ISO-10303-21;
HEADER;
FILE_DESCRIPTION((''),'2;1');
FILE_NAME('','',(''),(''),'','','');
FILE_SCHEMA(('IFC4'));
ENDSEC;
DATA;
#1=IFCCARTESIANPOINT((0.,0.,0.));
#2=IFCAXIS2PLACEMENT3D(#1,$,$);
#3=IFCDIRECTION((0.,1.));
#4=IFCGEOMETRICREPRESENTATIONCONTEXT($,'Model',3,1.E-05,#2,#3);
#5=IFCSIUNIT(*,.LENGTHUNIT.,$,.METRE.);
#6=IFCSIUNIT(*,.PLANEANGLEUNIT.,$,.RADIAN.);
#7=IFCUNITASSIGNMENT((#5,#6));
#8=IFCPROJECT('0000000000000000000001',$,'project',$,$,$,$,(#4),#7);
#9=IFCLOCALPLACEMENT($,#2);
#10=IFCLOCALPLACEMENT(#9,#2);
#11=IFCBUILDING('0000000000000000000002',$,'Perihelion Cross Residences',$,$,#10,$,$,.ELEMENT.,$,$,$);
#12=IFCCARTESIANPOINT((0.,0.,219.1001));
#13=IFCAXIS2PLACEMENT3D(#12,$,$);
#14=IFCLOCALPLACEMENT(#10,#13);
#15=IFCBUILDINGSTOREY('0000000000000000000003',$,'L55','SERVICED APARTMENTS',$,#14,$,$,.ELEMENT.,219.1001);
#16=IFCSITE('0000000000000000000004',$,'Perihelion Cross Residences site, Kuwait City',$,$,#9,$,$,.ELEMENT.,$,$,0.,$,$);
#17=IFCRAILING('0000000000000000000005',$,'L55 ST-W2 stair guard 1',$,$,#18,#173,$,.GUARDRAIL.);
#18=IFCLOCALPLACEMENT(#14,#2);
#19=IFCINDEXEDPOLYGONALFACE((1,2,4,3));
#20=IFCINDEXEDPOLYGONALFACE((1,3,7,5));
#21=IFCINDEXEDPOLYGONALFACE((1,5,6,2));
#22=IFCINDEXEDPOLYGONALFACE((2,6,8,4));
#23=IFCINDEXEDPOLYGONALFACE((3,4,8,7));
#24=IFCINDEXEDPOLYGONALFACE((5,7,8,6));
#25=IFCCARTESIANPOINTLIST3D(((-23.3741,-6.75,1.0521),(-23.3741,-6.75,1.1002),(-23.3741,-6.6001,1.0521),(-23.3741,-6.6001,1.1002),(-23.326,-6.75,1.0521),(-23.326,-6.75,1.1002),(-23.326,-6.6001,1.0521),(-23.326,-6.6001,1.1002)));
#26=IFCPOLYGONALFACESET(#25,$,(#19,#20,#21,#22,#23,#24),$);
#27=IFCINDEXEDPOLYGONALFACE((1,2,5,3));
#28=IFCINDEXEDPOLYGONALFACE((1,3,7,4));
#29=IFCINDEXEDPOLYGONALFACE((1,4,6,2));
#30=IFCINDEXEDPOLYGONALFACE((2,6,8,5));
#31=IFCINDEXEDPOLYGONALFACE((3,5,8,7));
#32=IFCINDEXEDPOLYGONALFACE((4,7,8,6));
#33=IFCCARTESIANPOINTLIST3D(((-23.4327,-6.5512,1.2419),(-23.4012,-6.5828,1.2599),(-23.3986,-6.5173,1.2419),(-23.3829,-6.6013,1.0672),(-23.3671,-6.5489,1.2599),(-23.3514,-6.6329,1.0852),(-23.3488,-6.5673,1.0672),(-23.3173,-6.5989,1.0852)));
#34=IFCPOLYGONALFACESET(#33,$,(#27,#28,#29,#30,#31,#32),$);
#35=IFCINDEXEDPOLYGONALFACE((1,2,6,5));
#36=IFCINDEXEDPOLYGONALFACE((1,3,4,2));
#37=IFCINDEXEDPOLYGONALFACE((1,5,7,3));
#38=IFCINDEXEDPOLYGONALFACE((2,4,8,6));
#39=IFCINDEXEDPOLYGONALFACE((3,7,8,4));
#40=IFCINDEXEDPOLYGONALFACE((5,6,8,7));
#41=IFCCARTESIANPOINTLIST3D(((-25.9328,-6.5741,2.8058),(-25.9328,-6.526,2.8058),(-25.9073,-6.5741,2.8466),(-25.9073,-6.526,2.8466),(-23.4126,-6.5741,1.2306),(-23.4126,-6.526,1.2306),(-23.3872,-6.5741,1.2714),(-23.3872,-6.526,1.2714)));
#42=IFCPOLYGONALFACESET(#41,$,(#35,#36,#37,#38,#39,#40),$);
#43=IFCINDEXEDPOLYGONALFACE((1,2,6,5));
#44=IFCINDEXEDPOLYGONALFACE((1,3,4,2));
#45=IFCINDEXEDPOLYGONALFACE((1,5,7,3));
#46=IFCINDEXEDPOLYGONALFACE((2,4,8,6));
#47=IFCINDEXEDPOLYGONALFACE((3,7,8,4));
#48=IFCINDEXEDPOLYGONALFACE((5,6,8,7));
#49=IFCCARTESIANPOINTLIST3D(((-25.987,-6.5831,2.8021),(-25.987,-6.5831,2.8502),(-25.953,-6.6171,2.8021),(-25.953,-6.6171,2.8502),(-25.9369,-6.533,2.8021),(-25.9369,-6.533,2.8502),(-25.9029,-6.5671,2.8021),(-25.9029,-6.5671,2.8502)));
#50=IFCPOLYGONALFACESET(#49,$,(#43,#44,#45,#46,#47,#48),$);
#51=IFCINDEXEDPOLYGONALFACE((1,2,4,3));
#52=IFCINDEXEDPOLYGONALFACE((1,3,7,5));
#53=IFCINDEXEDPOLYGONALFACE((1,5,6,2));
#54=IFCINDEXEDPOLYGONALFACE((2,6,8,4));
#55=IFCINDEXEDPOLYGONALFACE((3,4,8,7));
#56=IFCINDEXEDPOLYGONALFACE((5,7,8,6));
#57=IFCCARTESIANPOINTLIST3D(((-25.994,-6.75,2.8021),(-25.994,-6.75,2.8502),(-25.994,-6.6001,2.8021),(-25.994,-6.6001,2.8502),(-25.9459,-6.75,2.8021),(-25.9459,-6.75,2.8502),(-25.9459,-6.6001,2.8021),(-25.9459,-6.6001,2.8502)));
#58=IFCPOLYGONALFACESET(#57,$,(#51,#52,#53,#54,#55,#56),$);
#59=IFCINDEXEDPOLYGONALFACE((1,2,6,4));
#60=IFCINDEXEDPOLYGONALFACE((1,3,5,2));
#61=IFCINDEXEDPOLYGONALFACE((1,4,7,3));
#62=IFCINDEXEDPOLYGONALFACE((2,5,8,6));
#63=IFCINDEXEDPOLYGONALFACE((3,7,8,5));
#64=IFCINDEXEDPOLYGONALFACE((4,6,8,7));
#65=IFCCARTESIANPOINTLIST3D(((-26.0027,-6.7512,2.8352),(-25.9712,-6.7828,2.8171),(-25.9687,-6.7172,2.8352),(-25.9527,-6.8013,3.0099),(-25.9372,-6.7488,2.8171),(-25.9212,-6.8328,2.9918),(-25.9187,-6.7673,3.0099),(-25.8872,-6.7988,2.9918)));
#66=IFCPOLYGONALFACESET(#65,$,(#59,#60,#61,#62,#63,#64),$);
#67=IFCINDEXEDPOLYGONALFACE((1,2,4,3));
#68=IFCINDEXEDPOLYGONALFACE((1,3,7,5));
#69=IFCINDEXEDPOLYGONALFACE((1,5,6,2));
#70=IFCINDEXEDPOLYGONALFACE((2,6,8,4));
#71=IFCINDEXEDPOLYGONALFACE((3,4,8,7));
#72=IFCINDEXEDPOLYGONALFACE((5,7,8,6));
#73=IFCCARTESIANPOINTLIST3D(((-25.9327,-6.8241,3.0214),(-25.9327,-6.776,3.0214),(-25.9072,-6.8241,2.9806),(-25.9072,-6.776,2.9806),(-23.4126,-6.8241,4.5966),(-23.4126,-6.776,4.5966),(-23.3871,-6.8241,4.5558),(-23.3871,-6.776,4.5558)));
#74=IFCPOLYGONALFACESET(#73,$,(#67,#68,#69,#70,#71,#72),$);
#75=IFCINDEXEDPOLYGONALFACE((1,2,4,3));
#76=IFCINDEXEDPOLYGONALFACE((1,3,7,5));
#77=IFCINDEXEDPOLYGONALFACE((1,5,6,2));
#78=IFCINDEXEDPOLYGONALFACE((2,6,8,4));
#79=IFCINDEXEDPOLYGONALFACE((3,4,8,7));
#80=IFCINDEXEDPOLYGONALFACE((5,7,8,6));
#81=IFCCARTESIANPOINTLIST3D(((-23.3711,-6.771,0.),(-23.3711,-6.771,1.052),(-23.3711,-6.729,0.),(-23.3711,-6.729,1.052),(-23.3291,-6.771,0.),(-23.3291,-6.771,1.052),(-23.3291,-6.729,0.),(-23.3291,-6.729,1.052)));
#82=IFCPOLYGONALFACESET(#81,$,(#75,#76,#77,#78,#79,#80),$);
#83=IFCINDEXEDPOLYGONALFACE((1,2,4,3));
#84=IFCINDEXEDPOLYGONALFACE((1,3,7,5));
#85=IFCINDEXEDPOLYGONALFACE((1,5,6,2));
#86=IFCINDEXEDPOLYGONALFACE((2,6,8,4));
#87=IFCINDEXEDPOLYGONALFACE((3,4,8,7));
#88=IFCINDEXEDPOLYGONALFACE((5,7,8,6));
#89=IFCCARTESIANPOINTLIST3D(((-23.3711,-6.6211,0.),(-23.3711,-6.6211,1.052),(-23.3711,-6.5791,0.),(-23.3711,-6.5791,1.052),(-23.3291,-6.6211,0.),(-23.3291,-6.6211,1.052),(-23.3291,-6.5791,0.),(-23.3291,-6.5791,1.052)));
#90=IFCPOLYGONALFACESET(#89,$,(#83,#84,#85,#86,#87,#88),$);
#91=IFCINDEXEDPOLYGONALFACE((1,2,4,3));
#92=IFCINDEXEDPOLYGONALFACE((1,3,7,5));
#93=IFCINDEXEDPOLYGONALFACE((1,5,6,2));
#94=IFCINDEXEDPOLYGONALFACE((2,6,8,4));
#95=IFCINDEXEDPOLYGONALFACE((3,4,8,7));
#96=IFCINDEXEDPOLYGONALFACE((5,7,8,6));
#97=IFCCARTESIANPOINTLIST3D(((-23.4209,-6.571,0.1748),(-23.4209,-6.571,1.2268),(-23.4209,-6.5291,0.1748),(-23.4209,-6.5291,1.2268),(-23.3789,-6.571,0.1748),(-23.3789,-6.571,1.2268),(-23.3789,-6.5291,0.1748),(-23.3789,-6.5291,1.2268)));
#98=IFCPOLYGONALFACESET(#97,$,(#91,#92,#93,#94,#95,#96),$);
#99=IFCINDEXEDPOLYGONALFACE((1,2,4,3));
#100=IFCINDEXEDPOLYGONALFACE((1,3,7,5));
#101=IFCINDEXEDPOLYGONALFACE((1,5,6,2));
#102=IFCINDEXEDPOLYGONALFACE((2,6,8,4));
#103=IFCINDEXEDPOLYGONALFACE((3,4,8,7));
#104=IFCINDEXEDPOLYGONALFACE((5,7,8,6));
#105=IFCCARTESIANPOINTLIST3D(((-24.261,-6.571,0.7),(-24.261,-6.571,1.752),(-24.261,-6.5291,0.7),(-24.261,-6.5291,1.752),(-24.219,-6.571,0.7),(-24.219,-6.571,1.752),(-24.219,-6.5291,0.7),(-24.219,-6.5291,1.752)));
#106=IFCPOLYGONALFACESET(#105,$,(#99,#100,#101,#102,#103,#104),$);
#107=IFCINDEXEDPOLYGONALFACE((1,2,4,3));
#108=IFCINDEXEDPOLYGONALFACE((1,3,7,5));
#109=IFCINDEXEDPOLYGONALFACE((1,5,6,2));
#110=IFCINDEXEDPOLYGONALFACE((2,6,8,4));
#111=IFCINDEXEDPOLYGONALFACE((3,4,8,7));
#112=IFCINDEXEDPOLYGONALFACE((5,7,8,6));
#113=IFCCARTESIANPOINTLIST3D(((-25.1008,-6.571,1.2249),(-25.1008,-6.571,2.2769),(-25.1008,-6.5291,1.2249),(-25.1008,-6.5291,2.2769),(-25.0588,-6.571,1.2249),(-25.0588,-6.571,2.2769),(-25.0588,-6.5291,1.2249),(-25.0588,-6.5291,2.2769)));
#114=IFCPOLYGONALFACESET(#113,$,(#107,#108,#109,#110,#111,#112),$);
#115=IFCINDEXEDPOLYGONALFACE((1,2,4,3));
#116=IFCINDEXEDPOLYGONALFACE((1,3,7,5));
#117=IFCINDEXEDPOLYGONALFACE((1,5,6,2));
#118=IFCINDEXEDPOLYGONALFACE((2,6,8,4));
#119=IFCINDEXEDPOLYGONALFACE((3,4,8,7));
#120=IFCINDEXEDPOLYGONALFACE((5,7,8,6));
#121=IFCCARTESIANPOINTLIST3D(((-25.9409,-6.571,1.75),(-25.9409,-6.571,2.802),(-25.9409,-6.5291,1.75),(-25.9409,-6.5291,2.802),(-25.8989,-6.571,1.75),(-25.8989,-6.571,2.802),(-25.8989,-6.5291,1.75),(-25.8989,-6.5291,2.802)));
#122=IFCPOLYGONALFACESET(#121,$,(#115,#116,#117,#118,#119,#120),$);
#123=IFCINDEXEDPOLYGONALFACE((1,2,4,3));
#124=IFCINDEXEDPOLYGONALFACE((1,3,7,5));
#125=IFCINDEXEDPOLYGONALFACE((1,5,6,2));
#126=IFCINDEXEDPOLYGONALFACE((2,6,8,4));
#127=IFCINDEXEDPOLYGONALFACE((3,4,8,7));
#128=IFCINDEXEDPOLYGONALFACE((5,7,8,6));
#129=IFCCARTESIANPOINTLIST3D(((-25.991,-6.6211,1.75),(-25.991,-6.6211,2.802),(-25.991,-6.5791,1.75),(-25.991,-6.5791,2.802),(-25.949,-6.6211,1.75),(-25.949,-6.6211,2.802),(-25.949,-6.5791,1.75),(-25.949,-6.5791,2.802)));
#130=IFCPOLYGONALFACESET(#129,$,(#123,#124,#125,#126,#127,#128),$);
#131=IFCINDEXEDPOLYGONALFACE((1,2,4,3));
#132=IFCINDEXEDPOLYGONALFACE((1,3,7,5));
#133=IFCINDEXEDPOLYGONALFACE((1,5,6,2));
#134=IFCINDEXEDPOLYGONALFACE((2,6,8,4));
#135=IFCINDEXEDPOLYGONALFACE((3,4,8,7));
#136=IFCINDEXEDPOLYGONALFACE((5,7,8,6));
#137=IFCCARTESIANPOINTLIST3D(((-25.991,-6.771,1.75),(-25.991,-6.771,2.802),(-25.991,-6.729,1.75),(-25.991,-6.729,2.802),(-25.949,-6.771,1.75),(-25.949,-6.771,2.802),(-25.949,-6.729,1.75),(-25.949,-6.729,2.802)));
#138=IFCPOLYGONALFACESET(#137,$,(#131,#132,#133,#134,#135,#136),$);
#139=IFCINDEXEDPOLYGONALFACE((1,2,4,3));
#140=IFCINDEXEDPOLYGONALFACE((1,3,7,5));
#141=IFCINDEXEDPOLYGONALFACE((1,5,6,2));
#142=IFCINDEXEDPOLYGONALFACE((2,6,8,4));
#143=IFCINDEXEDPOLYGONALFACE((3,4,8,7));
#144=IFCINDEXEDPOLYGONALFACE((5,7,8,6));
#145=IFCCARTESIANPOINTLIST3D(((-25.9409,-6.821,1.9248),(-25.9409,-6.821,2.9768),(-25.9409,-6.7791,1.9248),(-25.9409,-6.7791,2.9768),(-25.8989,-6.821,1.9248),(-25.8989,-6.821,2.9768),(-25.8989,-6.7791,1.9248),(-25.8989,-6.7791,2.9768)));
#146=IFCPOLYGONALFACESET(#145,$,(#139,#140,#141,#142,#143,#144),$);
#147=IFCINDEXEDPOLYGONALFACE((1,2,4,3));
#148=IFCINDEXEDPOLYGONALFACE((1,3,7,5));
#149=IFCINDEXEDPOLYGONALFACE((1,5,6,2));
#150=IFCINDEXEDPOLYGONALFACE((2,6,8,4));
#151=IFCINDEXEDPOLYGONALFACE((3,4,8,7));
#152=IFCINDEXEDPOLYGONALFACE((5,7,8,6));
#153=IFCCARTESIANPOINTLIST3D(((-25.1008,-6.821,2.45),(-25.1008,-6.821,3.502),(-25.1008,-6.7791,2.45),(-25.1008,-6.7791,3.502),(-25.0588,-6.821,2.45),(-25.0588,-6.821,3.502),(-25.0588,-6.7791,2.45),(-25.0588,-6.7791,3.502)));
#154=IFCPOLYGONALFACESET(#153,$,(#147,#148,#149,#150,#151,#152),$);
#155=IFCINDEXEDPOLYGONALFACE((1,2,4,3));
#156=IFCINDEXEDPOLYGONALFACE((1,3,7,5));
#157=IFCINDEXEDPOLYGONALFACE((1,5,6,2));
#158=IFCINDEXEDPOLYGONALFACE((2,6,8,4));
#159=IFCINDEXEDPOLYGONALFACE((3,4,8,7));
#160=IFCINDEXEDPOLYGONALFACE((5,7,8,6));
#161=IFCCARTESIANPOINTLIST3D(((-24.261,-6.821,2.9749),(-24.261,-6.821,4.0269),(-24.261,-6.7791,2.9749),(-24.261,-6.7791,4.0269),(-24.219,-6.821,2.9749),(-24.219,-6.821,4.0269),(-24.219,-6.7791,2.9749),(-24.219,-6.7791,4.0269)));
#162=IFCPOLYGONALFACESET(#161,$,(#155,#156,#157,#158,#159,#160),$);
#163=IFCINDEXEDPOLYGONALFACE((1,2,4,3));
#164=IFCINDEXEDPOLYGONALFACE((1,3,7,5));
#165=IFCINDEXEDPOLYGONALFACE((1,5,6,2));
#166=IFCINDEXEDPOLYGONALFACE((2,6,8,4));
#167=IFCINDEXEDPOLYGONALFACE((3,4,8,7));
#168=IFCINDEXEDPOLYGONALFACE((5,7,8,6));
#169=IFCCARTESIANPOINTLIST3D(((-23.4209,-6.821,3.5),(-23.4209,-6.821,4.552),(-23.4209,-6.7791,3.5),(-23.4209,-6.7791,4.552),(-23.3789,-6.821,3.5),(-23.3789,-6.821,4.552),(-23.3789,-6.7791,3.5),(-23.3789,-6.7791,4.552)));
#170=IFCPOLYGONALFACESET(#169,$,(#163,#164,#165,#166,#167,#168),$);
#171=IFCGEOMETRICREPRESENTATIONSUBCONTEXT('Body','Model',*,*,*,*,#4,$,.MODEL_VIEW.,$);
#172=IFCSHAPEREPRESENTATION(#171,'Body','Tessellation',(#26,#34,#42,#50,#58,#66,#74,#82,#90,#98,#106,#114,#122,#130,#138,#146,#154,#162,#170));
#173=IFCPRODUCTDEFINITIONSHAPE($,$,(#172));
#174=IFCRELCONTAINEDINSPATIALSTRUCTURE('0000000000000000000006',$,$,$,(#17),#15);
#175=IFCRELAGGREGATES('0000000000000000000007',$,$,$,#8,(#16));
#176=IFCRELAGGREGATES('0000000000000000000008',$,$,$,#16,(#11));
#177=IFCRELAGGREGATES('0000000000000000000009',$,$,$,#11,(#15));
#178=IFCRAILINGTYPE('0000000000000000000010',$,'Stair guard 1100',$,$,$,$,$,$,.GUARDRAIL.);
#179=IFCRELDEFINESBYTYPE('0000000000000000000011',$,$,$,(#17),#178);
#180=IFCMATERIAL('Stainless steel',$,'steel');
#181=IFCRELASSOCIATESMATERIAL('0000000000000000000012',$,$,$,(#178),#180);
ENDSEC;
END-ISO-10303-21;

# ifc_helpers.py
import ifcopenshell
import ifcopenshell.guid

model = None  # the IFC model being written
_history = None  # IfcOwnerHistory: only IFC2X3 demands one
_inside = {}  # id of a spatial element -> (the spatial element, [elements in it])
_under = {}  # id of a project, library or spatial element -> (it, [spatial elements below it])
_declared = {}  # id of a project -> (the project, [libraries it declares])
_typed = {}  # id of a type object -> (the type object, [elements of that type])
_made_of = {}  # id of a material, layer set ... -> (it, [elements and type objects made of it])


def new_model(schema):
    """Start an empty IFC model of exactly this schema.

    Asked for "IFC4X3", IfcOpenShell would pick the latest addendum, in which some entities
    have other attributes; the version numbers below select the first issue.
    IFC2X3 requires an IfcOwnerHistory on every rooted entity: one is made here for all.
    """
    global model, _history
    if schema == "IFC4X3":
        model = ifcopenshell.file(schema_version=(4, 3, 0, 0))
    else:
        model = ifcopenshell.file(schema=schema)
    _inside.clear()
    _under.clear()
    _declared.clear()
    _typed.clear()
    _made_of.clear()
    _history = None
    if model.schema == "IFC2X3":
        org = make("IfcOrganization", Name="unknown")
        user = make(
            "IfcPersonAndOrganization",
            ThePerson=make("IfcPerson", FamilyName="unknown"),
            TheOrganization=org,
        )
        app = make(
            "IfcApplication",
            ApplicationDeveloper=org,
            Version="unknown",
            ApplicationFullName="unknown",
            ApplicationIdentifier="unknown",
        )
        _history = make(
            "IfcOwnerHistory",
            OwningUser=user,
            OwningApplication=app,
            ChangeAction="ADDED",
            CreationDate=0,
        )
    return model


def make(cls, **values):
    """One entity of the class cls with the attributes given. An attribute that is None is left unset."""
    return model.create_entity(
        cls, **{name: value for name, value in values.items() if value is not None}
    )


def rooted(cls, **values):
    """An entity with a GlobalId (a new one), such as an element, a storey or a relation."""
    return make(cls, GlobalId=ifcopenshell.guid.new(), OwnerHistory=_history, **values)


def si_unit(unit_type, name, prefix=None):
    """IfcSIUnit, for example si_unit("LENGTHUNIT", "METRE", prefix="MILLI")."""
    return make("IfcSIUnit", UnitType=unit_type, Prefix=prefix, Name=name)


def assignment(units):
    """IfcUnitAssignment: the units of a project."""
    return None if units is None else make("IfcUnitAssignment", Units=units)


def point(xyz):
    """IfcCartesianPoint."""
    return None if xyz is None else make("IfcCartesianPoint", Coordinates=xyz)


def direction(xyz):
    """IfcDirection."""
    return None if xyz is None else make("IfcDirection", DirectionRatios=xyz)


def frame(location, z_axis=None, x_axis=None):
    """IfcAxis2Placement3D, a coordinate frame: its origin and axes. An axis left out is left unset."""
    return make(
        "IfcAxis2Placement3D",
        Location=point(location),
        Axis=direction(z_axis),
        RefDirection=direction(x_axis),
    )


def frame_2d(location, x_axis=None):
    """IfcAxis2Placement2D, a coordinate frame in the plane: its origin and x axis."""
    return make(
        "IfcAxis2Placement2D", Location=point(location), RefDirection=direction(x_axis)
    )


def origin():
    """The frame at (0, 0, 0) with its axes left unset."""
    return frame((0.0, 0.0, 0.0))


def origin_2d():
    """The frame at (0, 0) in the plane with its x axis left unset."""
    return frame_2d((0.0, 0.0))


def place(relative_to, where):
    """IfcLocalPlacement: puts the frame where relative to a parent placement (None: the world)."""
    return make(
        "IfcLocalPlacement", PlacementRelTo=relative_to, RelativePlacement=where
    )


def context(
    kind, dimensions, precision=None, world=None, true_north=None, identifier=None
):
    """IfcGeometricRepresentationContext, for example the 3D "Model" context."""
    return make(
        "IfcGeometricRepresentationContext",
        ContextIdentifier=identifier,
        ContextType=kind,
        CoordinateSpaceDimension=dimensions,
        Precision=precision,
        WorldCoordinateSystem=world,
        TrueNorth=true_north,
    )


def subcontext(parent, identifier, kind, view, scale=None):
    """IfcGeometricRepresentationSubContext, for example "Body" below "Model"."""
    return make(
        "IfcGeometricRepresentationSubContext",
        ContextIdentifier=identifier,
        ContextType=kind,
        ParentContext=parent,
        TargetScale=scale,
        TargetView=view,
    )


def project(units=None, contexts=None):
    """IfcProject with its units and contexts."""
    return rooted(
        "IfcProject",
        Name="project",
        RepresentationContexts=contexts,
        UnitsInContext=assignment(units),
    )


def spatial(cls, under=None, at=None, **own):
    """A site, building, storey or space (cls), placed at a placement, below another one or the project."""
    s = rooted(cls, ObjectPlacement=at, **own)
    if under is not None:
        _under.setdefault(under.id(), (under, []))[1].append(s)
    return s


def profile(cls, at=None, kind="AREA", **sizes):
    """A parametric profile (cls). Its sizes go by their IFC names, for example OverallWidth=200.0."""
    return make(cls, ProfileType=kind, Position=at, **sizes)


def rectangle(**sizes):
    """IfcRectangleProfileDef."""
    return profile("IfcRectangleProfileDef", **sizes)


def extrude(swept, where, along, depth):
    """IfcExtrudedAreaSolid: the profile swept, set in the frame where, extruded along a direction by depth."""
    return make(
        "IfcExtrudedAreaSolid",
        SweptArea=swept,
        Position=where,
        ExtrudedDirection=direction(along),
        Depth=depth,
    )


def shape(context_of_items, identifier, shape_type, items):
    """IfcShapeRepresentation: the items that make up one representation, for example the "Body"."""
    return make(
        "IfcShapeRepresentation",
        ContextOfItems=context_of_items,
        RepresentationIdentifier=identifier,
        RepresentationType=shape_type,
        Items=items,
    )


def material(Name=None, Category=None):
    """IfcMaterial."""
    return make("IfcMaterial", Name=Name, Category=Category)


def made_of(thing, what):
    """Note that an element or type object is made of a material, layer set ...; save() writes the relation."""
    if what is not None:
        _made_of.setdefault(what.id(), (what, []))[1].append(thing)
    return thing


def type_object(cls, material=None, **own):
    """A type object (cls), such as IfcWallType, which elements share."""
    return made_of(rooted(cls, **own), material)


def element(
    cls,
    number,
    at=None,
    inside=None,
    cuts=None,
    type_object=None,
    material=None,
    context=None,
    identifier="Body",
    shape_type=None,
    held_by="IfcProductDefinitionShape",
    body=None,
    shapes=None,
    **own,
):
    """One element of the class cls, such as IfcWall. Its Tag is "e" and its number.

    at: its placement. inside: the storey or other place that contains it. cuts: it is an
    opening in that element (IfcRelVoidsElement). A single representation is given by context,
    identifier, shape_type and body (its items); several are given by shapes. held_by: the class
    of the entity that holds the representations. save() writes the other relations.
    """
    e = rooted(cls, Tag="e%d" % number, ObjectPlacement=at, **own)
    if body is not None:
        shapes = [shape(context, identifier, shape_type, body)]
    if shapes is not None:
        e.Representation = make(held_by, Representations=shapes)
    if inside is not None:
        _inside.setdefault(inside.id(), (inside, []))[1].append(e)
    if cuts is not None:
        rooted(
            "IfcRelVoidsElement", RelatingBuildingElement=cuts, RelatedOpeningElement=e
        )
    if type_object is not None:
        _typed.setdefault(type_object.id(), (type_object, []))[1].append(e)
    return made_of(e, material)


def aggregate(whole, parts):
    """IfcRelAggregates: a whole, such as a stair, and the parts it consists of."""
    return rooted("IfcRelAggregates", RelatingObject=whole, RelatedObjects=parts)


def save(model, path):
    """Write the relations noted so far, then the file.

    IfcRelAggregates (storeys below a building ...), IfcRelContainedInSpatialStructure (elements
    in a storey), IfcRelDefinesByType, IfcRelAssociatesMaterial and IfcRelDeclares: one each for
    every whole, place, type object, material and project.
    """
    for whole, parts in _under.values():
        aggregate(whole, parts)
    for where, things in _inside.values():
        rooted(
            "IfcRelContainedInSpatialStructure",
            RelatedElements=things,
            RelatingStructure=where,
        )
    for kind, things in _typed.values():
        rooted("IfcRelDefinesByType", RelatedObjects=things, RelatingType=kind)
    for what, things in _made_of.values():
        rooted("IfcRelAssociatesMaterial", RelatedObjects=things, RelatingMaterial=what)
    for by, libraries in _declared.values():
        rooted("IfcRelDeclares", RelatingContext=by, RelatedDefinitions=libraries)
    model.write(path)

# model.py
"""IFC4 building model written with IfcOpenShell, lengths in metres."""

from ifc_helpers import new_model, si_unit, direction, frame, origin, origin_2d, place, context, subcontext, project, spatial, rectangle, extrude, material, type_object, element, save


model = new_model("IFC4")

# Units and contexts
model_context = context("Model", 3, precision=1e-05, world=origin(), true_north=direction((0.0, 1.0)))
body_context = subcontext(model_context, "Body", "Model", "MODEL_VIEW")
ifc_project = project(units=[si_unit("LENGTHUNIT", "METRE"), si_unit("PLANEANGLEUNIT", "RADIAN")], contexts=[model_context])

# Site, building, storey
site_placement = place(None, origin())
site = spatial("IfcSite", under=ifc_project, at=site_placement, Name="Perihelion Cross Residences site, Kuwait City", CompositionType="ELEMENT", RefElevation=0.0)
building_placement = place(site_placement, origin())
building = spatial("IfcBuilding", under=site, at=building_placement, Name="Perihelion Cross Residences", CompositionType="ELEMENT")
storey_placement = place(building_placement, frame((0.0, 0.0, 219.1001)))
storey = spatial("IfcBuildingStorey", under=building, at=storey_placement, Name="L55", Description="SERVICED APARTMENTS", CompositionType="ELEMENT", Elevation=219.1001)

# Railing
ifc_material_1 = material(Name="Stainless steel", Category="steel")
railing_type_1 = type_object("IfcRailingType", Name="Stair guard 1100", PredefinedType="GUARDRAIL", material=ifc_material_1)
railing_1_placement = place(storey_placement, frame((-23.3501, -6.75, 0.0)))
element("IfcRailing", 1, at=railing_1_placement, inside=storey, type_object=railing_type_1, Name="L55 ST-W2 stair guard 1", PredefinedType="GUARDRAIL", context=body_context, shape_type="SweptSolid", body=[
    extrude(rectangle(XDim=0.0481, YDim=0.0481, at=origin_2d()), frame((0.0, 0.0, 1.0762), z_axis=(0.0, 1.0, 0.0), x_axis=(-1.0, 0.0, 0.0)), (0.0, 0.0, 1.0), 0.1499),
    extrude(rectangle(XDim=0.0481, YDim=0.0481, at=origin_2d()), frame((0.0, 0.1499, 1.0762), z_axis=(-0.264179, 0.265474, 0.927218), x_axis=(-0.708834, -0.705376, 0.0)), (0.0, 0.0, 1.0), 0.1885),
    extrude(rectangle(XDim=0.0481, YDim=0.0481, at=origin_2d()), frame((-0.0498, 0.2, 1.251), z_axis=(-0.847971, 0.0, 0.530043), x_axis=(0.0, -1.0, 0.0)), (0.0, 0.0, 1.0), 2.9719),
    extrude(rectangle(XDim=0.0481, YDim=0.0481, at=origin_2d()), frame((-2.5698, 0.2, 2.8262), z_axis=(-0.707107, -0.707107, 0.0), x_axis=(0.707107, -0.707107, 0.0)), (0.0, 0.0, 1.0), 0.0708),
    extrude(rectangle(XDim=0.0481, YDim=0.0481, at=origin_2d()), frame((-2.6199, 0.1499, 2.8262), z_axis=(0.0, -1.0, 0.0), x_axis=(1.0, 0.0, 0.0)), (0.0, 0.0, 1.0), 0.1499),
    extrude(rectangle(XDim=0.0481, YDim=0.0481, at=origin_2d()), frame((-2.6199, 0.0, 2.8262), z_axis=(0.265383, -0.265383, 0.9269), x_axis=(0.707107, 0.707107, 0.0)), (0.0, 0.0, 1.0), 0.1885),
    extrude(rectangle(XDim=0.0481, YDim=0.0481, at=origin_2d()), frame((-2.5698, -0.05, 3.001), z_axis=(0.847971, 0.0, 0.530043), x_axis=(0.0, 1.0, 0.0)), (0.0, 0.0, 1.0), 2.9719),
    extrude(rectangle(XDim=0.042, YDim=0.042, at=origin_2d()), origin(), (0.0, 0.0, 1.0), 1.052),
    extrude(rectangle(XDim=0.042, YDim=0.042, at=origin_2d()), frame((0.0, 0.1499, 0.0)), (0.0, 0.0, 1.0), 1.052),
    extrude(rectangle(XDim=0.042, YDim=0.042, at=origin_2d()), frame((-0.0498, 0.2, 0.1748)), (0.0, 0.0, 1.0), 1.052),
    extrude(rectangle(XDim=0.042, YDim=0.042, at=origin_2d()), frame((-0.8899, 0.2, 0.7)), (0.0, 0.0, 1.0), 1.052),
    extrude(rectangle(XDim=0.042, YDim=0.042, at=origin_2d()), frame((-1.7297, 0.2, 1.2249)), (0.0, 0.0, 1.0), 1.052),
    extrude(rectangle(XDim=0.042, YDim=0.042, at=origin_2d()), frame((-2.5698, 0.2, 1.75)), (0.0, 0.0, 1.0), 1.052),
    extrude(rectangle(XDim=0.042, YDim=0.042, at=origin_2d()), frame((-2.6199, 0.1499, 1.75)), (0.0, 0.0, 1.0), 1.052),
    extrude(rectangle(XDim=0.042, YDim=0.042, at=origin_2d()), frame((-2.6199, 0.0, 1.75)), (0.0, 0.0, 1.0), 1.052),
    extrude(rectangle(XDim=0.042, YDim=0.042, at=origin_2d()), frame((-2.5698, -0.05, 1.9248)), (0.0, 0.0, 1.0), 1.052),
    extrude(rectangle(XDim=0.042, YDim=0.042, at=origin_2d()), frame((-1.7297, -0.05, 2.45)), (0.0, 0.0, 1.0), 1.052),
    extrude(rectangle(XDim=0.042, YDim=0.042, at=origin_2d()), frame((-0.8899, -0.05, 2.9749)), (0.0, 0.0, 1.0), 1.052),
    extrude(rectangle(XDim=0.042, YDim=0.042, at=origin_2d()), frame((-0.0498, -0.05, 3.5)), (0.0, 0.0, 1.0), 1.052),
])

save(model, "model.ifc")
